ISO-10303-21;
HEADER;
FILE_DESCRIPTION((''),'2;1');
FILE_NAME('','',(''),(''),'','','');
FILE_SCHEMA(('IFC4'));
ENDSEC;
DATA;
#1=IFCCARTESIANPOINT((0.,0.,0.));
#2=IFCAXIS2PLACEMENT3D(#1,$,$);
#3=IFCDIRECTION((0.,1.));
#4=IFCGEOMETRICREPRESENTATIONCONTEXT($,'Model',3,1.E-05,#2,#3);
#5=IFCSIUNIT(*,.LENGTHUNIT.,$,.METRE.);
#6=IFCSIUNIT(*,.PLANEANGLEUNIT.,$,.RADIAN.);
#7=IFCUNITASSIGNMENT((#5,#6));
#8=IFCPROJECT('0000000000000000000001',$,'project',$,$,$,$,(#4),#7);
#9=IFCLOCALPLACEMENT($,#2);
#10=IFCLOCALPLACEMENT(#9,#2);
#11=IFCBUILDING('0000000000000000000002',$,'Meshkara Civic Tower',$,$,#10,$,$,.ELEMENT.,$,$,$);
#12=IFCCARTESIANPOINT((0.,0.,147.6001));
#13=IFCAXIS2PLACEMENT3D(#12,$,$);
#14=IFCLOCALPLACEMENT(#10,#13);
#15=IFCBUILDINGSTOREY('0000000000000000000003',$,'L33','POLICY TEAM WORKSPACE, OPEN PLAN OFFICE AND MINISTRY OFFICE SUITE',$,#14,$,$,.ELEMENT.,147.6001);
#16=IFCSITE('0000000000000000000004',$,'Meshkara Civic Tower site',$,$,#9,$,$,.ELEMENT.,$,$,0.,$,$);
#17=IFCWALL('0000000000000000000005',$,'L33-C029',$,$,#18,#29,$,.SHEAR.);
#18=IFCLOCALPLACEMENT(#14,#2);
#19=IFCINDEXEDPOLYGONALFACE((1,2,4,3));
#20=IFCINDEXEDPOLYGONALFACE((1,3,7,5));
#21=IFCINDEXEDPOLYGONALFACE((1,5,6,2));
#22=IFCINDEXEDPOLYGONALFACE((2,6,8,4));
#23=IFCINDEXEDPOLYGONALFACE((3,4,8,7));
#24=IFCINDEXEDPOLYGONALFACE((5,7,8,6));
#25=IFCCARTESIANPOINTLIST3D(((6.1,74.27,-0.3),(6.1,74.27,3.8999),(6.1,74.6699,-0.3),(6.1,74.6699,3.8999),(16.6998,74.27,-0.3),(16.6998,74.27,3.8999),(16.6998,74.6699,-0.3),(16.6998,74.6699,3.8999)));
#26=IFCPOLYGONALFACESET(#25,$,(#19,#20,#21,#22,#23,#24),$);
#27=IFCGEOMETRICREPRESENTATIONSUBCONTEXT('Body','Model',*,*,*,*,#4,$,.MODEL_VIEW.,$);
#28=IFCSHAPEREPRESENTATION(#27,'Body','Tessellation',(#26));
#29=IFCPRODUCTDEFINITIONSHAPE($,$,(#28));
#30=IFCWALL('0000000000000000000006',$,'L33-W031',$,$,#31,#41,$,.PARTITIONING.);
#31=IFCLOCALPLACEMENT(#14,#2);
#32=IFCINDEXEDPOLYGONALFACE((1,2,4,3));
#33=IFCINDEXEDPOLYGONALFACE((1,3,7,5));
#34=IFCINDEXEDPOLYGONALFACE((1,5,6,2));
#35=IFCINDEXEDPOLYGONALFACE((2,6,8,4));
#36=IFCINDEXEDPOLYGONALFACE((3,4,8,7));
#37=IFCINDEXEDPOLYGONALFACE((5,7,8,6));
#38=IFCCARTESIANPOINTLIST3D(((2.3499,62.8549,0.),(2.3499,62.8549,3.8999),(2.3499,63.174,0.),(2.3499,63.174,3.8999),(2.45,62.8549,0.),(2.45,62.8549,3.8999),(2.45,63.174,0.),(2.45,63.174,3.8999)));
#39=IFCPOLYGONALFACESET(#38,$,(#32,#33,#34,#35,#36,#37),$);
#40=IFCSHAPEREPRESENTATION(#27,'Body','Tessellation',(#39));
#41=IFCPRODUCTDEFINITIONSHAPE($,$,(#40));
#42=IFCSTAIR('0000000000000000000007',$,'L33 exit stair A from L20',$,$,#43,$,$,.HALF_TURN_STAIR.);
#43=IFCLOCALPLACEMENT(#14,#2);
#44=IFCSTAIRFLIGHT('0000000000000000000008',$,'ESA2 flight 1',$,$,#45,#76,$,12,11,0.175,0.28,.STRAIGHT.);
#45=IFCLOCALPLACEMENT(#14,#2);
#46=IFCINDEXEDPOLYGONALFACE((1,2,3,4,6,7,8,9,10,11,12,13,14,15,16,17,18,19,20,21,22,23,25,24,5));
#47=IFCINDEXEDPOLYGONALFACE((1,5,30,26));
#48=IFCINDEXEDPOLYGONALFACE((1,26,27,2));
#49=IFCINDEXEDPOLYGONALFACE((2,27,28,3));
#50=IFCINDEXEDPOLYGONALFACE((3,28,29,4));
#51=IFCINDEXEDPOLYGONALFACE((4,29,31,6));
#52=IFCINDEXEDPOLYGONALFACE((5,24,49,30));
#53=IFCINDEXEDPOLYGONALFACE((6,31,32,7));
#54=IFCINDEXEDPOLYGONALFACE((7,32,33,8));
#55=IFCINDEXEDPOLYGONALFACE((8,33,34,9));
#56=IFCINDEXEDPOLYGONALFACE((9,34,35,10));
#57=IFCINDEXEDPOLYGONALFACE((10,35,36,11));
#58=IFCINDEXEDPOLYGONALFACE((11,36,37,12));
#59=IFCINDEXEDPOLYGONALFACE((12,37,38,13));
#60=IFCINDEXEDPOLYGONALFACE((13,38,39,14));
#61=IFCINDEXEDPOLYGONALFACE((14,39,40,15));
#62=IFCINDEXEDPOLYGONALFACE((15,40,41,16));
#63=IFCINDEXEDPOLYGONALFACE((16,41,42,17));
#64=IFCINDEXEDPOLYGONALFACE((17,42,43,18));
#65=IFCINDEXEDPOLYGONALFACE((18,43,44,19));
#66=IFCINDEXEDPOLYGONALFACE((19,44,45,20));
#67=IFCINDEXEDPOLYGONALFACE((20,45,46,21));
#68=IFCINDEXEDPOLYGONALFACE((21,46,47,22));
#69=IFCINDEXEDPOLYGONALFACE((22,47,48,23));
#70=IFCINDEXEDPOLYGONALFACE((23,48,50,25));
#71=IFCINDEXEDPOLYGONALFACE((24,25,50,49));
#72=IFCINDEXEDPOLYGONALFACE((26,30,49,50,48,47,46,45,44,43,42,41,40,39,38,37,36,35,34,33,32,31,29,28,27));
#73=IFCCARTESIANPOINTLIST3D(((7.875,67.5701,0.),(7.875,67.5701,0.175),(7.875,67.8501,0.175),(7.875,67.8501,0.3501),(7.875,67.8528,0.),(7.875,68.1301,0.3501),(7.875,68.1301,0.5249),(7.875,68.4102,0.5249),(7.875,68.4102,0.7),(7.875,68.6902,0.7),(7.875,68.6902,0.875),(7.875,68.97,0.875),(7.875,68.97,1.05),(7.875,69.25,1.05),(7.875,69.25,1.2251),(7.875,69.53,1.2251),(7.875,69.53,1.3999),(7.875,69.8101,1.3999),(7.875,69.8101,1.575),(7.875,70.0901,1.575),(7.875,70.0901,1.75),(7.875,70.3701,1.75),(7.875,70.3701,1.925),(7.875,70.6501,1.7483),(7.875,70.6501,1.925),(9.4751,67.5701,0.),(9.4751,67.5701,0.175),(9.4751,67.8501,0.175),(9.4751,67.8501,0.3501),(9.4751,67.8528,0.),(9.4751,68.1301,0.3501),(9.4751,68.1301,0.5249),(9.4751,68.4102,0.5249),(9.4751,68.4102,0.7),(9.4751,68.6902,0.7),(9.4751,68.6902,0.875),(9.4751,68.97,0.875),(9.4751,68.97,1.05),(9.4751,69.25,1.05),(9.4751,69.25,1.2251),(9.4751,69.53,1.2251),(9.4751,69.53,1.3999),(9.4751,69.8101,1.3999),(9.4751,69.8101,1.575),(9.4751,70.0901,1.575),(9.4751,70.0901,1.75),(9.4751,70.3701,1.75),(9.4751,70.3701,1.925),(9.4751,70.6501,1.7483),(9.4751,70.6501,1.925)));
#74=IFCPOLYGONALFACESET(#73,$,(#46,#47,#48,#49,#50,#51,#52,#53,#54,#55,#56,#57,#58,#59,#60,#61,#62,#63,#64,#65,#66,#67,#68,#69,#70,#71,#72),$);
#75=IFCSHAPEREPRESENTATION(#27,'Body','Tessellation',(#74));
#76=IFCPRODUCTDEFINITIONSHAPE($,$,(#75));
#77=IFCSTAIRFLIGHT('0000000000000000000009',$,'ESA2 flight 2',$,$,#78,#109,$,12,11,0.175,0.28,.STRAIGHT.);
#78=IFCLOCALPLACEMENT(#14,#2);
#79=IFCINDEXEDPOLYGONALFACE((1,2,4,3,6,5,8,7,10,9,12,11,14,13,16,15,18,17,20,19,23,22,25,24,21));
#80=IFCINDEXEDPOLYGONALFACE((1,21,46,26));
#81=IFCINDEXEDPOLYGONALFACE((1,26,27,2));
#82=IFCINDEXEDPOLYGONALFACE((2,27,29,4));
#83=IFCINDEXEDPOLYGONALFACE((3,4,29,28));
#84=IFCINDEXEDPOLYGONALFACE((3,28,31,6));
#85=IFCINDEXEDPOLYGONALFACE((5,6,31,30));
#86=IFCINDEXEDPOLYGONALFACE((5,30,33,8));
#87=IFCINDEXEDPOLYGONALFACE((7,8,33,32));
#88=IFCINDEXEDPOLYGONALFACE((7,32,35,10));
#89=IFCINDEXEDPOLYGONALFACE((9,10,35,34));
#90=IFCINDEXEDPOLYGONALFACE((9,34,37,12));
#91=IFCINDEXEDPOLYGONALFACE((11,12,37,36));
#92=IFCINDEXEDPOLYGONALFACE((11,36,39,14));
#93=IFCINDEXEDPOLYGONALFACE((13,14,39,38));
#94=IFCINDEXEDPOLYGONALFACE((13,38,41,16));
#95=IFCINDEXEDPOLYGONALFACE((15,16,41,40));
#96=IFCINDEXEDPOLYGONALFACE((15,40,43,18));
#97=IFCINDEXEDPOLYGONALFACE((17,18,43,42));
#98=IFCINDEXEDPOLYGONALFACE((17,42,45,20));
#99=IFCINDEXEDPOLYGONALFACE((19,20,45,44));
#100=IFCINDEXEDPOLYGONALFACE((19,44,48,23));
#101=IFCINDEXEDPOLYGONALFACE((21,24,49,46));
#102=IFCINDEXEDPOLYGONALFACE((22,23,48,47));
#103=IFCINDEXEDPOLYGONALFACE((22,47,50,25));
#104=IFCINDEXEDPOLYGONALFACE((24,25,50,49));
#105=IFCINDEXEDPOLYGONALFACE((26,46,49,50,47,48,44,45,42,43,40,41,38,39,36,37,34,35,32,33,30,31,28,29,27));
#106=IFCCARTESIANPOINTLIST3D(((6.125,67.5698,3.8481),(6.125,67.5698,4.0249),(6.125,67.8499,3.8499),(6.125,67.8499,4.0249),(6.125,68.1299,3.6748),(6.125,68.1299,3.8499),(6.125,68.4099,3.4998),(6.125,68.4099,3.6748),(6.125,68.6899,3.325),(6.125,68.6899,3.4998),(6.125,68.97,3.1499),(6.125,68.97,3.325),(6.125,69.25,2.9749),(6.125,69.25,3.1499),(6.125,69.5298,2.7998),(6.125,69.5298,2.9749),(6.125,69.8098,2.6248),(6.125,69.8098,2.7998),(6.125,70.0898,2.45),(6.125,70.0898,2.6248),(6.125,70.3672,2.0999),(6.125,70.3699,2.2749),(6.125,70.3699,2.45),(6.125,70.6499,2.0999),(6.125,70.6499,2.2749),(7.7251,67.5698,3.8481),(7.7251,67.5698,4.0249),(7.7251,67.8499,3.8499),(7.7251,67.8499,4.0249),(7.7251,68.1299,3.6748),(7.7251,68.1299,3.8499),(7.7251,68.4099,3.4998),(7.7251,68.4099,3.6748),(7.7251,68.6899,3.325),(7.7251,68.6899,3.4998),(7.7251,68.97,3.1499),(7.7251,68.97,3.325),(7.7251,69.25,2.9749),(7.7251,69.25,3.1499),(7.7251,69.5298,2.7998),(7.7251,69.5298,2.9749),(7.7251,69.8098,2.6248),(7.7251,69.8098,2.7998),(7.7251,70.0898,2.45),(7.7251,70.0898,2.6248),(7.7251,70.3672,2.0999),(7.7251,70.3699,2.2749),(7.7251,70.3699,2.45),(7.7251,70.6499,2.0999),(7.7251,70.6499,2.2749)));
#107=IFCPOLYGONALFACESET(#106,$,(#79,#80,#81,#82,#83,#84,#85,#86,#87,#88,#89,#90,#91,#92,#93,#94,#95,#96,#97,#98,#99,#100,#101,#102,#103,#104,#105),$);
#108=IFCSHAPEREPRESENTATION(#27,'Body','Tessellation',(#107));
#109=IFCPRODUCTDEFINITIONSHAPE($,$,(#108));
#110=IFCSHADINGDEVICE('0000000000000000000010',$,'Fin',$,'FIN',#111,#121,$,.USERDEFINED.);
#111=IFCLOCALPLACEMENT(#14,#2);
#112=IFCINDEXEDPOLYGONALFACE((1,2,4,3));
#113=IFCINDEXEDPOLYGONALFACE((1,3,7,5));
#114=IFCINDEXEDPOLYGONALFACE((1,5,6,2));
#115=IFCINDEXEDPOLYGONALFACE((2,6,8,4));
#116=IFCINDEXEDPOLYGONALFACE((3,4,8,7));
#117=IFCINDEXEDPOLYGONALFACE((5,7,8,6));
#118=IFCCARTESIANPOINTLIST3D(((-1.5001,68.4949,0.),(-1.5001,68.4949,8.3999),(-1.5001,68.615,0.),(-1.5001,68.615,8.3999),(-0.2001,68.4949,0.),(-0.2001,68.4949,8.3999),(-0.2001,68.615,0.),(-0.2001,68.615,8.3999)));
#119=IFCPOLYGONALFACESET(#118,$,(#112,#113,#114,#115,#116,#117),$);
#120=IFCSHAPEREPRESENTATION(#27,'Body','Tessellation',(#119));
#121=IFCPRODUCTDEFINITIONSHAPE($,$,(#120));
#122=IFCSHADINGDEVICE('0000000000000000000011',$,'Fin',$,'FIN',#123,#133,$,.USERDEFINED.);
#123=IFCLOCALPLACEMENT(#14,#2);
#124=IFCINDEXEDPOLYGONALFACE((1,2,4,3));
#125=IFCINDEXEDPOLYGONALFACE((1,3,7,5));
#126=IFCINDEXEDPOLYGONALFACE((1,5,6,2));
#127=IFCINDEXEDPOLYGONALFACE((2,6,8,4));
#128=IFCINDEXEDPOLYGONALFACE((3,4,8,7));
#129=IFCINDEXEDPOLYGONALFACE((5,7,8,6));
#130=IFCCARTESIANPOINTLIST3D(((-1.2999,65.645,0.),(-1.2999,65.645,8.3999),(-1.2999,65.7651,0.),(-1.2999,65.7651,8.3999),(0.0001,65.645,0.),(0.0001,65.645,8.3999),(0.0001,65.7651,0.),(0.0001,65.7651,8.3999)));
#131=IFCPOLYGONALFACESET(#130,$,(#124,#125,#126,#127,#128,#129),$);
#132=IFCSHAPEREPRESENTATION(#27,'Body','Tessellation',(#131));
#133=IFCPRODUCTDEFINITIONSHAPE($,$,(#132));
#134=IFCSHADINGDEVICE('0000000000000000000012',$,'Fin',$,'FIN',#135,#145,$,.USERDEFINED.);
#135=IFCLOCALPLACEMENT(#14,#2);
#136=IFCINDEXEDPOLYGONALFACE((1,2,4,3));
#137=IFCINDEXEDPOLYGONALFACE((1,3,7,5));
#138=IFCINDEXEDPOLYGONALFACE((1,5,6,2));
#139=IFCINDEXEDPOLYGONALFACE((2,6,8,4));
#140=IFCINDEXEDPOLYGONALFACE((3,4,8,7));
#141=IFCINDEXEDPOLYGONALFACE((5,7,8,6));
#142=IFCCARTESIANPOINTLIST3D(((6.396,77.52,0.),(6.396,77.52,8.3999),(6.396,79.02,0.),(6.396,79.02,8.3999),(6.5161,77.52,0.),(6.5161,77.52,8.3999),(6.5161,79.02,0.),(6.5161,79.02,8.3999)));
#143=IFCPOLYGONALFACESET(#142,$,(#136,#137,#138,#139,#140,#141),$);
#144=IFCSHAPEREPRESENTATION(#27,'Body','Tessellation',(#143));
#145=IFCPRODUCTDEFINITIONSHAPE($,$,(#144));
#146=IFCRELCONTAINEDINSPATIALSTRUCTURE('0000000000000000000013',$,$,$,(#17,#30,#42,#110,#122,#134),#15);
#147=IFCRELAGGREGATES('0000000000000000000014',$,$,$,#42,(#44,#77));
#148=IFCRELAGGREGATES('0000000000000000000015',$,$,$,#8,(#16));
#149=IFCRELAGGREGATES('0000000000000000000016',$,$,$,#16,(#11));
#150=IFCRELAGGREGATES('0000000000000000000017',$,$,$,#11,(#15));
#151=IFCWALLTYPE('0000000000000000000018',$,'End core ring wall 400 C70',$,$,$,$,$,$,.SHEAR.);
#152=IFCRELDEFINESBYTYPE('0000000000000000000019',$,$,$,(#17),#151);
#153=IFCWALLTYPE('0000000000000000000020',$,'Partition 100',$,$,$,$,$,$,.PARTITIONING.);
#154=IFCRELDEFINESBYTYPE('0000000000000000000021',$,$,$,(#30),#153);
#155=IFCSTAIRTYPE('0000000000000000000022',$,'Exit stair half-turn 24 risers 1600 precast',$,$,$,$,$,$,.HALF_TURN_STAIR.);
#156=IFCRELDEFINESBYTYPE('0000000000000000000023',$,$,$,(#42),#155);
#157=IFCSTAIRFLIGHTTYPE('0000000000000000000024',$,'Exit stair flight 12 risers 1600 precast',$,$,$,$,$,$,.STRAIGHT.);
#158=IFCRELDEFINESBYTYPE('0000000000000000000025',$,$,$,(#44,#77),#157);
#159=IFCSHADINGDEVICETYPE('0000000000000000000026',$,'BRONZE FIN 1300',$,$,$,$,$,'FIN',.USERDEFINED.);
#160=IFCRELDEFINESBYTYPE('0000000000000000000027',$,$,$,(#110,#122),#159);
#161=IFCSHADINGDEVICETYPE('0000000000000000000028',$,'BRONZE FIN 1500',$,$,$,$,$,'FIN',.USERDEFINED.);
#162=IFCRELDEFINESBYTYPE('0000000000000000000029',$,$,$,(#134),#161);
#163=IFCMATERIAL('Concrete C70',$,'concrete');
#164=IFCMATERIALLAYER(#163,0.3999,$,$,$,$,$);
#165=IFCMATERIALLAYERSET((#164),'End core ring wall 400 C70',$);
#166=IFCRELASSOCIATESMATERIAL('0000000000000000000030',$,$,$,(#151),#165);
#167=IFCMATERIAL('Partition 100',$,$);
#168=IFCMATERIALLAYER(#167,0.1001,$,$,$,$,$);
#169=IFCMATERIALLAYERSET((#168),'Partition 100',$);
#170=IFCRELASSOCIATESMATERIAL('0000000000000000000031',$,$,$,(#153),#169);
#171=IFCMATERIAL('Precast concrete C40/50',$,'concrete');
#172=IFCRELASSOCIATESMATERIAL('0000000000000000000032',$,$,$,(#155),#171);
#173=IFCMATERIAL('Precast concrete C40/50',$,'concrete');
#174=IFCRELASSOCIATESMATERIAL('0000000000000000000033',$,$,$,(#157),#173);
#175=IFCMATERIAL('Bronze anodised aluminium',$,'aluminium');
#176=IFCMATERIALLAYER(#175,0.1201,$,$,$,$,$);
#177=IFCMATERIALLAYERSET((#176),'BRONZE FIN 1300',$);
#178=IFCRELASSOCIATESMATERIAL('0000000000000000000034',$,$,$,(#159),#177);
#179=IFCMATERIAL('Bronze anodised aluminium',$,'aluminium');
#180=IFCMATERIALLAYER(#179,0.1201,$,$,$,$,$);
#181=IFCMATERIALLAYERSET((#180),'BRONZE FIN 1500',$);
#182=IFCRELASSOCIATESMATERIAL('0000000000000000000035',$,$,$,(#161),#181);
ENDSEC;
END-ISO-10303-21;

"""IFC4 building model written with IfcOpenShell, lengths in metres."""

from ifc_helpers import new_model, si_unit, direction, frame, frame_2d, origin, origin_2d, place, context, subcontext, project, spatial, polyline, rectangle, outline, extrude, material, layer, layer_set, type_object, element, aggregate, save


model = new_model("IFC4")

# Units and contexts
model_context = context("Model", 3, precision=1e-05, world=origin(), true_north=direction((0.0, 1.0)))
body_context = subcontext(model_context, "Body", "Model", "MODEL_VIEW")
ifc_project = project(units=[si_unit("LENGTHUNIT", "METRE"), si_unit("PLANEANGLEUNIT", "RADIAN")], contexts=[model_context])

# Site, building, storey
site_placement = place(None, origin())
site = spatial("IfcSite", under=ifc_project, at=site_placement, Name="Meshkara Civic Tower site", CompositionType="ELEMENT", RefElevation=0.0)
building_placement = place(site_placement, origin())
building = spatial("IfcBuilding", under=site, at=building_placement, Name="Meshkara Civic Tower", CompositionType="ELEMENT")
storey_placement = place(building_placement, frame((0.0, 0.0, 147.6001)))
storey = spatial("IfcBuildingStorey", under=building, at=storey_placement, Name="L33", Description="POLICY TEAM WORKSPACE, OPEN PLAN OFFICE AND MINISTRY OFFICE SUITE", CompositionType="ELEMENT", Elevation=147.6001)

# Shared definitions
ifc_material_1 = material(Name="Concrete C70", Category="concrete")
ifc_layer_1 = layer(ifc_material_1, 0.3999)
ifc_layer_set_1 = layer_set([ifc_layer_1], Name="End core ring wall 400 C70")
wall_type_1 = type_object("IfcWallType", Name="End core ring wall 400 C70", PredefinedType="SHEAR", material=ifc_layer_set_1)

# Walls
wall_1_placement = place(storey_placement, frame((6.1001, 74.47, -0.3), z_axis=(0.0, 0.0, 1.0), x_axis=(1.0, 0.0, 0.0)))
element("IfcWall", 1, at=wall_1_placement, inside=storey, type_object=wall_type_1, Name="L33-C029", PredefinedType="SHEAR", context=body_context, shape_type="SweptSolid", body=[
    extrude(rectangle(XDim=10.5999, YDim=0.3999, at=frame_2d((5.2998, 0.0))), origin(), (0.0, 0.0, 1.0), 4.2),
])
ifc_material_2 = material(Name="Partition 100")
ifc_layer_2 = layer(ifc_material_2, 0.1001)
ifc_layer_set_2 = layer_set([ifc_layer_2], Name="Partition 100")
wall_type_2 = type_object("IfcWallType", Name="Partition 100", PredefinedType="PARTITIONING", material=ifc_layer_set_2)
wall_2_placement = place(storey_placement, frame((2.3999, 63.1741, 0.0), z_axis=(0.0, 0.0, 1.0), x_axis=(0.0, -1.0, 0.0)))
element("IfcWall", 2, at=wall_2_placement, inside=storey, type_object=wall_type_2, Name="L33-W031", PredefinedType="PARTITIONING", context=body_context, shape_type="SweptSolid", body=[
    extrude(rectangle(XDim=0.3191, YDim=0.1001, at=frame_2d((0.1597, 0.0))), origin(), (0.0, 0.0, 1.0), 3.8999),
])

# Stair, stair flights
ifc_material_3 = material(Name="Precast concrete C40/50", Category="concrete")
stair_type = type_object("IfcStairType", Name="Exit stair half-turn 24 risers 1600 precast", PredefinedType="HALF_TURN_STAIR", material=ifc_material_3)
stair_placement = place(storey_placement, origin())
stair = element("IfcStair", 3, at=stair_placement, inside=storey, type_object=stair_type, Name="L33 exit stair A from L20", PredefinedType="HALF_TURN_STAIR")
ifc_material_4 = material(Name="Precast concrete C40/50", Category="concrete")
stair_flight_type = type_object("IfcStairFlightType", Name="Exit stair flight 12 risers 1600 precast", PredefinedType="STRAIGHT", material=ifc_material_4)
stair_flight_1_placement = place(storey_placement, frame((8.675, 67.5701, 0.0), z_axis=(0.0, 0.0, 1.0), x_axis=(0.0, 1.0, 0.0)))
stair_flight_1 = element("IfcStairFlight", 4, at=stair_flight_1_placement, type_object=stair_flight_type, Name="ESA2 flight 1", NumberOfRisers=12, NumberOfTreads=11, PredefinedType="STRAIGHT", RiserHeight=0.175, TreadLength=0.28, context=body_context, shape_type="SweptSolid", body=[
    extrude(outline(polyline([(0.0, 0.0), (0.0, 0.175), (0.28, 0.175), (0.28, 0.3501), (0.5601, 0.3501), (0.5601, 0.5249), (0.8401, 0.5249), (0.8401, 0.7), (1.1201, 0.7), (1.1201, 0.875), (1.3999, 0.875), (1.3999, 1.05), (1.6799, 1.05), (1.6799, 1.2251), (1.96, 1.2251), (1.96, 1.3999), (2.24, 1.3999), (2.24, 1.575), (2.52, 1.575), (2.52, 1.75), (2.8, 1.75), (2.8, 1.925), (3.0801, 1.925), (3.0801, 2.1001), (3.0801, 1.7483), (0.2827, 0.0), (0.0, 0.0)])), frame((0.0, 0.8, 0.0), z_axis=(0.0, -1.0, 0.0), x_axis=(1.0, 0.0, 0.0)), (0.0, 0.0, 1.0), 1.6001),
])
stair_flight_2_placement = place(storey_placement, frame((6.925, 70.6499, 2.0999), z_axis=(0.0, 0.0, 1.0), x_axis=(0.0, -1.0, 0.0)))
stair_flight_2 = element("IfcStairFlight", 5, at=stair_flight_2_placement, type_object=stair_flight_type, Name="ESA2 flight 2", NumberOfRisers=12, NumberOfTreads=11, PredefinedType="STRAIGHT", RiserHeight=0.175, TreadLength=0.28, context=body_context, shape_type="SweptSolid", body=[
    extrude(outline(polyline([(0.0, 0.0), (0.0, 0.175), (0.28, 0.175), (0.28, 0.3501), (0.5601, 0.3501), (0.5601, 0.5249), (0.8401, 0.5249), (0.8401, 0.7), (1.1201, 0.7), (1.1201, 0.875), (1.3999, 0.875), (1.3999, 1.05), (1.6799, 1.05), (1.6799, 1.2251), (1.96, 1.2251), (1.96, 1.3999), (2.24, 1.3999), (2.24, 1.575), (2.52, 1.575), (2.52, 1.75), (2.8, 1.75), (2.8, 1.925), (3.0801, 1.925), (3.0801, 2.1001), (3.0801, 1.7483), (0.2827, 0.0), (0.0, 0.0)])), frame((0.0, 0.8, 0.0), z_axis=(0.0, -1.0, 0.0), x_axis=(1.0, 0.0, 0.0)), (0.0, 0.0, 1.0), 1.6001),
])
aggregate(stair, [stair_flight_1, stair_flight_2])

# Shading devices
ifc_material_5 = material(Name="Bronze anodised aluminium", Category="aluminium")
ifc_layer_3 = layer(ifc_material_5, 0.1201)
ifc_layer_set_3 = layer_set([ifc_layer_3], Name="BRONZE FIN 1300")
shading_device_type_1 = type_object("IfcShadingDeviceType", Name="BRONZE FIN 1300", ElementType="FIN", PredefinedType="USERDEFINED", material=ifc_layer_set_3)
for number, where, z_axis, x_axis, name in (
    (6, (-0.8501, 68.5549, 0.0), (0.0, 0.0, 1.0), (0.0, -1.0, 0.0), "Fin"),
    (7, (-0.6499, 65.7051, 0.0), (0.0, 0.0, 1.0), (0.0, -1.0, 0.0), "Fin"),
):
    element("IfcShadingDevice", number, at=place(storey_placement, frame(where, z_axis=z_axis, x_axis=x_axis)), inside=storey, type_object=shading_device_type_1, Name=name, ObjectType="FIN", PredefinedType="USERDEFINED", context=body_context, shape_type="SweptSolid", body=[
        extrude(rectangle(XDim=0.1201, YDim=1.3, at=origin_2d()), origin(), (0.0, 0.0, 1.0), 8.3999),
    ])
ifc_material_6 = material(Name="Bronze anodised aluminium", Category="aluminium")
ifc_layer_4 = layer(ifc_material_6, 0.1201)
ifc_layer_set_4 = layer_set([ifc_layer_4], Name="BRONZE FIN 1500")
shading_device_type_2 = type_object("IfcShadingDeviceType", Name="BRONZE FIN 1500", ElementType="FIN", PredefinedType="USERDEFINED", material=ifc_layer_set_4)
shading_device_placement = place(storey_placement, frame((6.4561, 78.27, 0.0), z_axis=(0.0, 0.0, 1.0), x_axis=(-1.0, 0.0, 0.0)))
element("IfcShadingDevice", 8, at=shading_device_placement, inside=storey, type_object=shading_device_type_2, Name="Fin", ObjectType="FIN", PredefinedType="USERDEFINED", context=body_context, shape_type="SweptSolid", body=[
    extrude(rectangle(XDim=0.1201, YDim=1.5, at=origin_2d()), origin(), (0.0, 0.0, 1.0), 8.3999),
])

save(model, "model.ifc")
